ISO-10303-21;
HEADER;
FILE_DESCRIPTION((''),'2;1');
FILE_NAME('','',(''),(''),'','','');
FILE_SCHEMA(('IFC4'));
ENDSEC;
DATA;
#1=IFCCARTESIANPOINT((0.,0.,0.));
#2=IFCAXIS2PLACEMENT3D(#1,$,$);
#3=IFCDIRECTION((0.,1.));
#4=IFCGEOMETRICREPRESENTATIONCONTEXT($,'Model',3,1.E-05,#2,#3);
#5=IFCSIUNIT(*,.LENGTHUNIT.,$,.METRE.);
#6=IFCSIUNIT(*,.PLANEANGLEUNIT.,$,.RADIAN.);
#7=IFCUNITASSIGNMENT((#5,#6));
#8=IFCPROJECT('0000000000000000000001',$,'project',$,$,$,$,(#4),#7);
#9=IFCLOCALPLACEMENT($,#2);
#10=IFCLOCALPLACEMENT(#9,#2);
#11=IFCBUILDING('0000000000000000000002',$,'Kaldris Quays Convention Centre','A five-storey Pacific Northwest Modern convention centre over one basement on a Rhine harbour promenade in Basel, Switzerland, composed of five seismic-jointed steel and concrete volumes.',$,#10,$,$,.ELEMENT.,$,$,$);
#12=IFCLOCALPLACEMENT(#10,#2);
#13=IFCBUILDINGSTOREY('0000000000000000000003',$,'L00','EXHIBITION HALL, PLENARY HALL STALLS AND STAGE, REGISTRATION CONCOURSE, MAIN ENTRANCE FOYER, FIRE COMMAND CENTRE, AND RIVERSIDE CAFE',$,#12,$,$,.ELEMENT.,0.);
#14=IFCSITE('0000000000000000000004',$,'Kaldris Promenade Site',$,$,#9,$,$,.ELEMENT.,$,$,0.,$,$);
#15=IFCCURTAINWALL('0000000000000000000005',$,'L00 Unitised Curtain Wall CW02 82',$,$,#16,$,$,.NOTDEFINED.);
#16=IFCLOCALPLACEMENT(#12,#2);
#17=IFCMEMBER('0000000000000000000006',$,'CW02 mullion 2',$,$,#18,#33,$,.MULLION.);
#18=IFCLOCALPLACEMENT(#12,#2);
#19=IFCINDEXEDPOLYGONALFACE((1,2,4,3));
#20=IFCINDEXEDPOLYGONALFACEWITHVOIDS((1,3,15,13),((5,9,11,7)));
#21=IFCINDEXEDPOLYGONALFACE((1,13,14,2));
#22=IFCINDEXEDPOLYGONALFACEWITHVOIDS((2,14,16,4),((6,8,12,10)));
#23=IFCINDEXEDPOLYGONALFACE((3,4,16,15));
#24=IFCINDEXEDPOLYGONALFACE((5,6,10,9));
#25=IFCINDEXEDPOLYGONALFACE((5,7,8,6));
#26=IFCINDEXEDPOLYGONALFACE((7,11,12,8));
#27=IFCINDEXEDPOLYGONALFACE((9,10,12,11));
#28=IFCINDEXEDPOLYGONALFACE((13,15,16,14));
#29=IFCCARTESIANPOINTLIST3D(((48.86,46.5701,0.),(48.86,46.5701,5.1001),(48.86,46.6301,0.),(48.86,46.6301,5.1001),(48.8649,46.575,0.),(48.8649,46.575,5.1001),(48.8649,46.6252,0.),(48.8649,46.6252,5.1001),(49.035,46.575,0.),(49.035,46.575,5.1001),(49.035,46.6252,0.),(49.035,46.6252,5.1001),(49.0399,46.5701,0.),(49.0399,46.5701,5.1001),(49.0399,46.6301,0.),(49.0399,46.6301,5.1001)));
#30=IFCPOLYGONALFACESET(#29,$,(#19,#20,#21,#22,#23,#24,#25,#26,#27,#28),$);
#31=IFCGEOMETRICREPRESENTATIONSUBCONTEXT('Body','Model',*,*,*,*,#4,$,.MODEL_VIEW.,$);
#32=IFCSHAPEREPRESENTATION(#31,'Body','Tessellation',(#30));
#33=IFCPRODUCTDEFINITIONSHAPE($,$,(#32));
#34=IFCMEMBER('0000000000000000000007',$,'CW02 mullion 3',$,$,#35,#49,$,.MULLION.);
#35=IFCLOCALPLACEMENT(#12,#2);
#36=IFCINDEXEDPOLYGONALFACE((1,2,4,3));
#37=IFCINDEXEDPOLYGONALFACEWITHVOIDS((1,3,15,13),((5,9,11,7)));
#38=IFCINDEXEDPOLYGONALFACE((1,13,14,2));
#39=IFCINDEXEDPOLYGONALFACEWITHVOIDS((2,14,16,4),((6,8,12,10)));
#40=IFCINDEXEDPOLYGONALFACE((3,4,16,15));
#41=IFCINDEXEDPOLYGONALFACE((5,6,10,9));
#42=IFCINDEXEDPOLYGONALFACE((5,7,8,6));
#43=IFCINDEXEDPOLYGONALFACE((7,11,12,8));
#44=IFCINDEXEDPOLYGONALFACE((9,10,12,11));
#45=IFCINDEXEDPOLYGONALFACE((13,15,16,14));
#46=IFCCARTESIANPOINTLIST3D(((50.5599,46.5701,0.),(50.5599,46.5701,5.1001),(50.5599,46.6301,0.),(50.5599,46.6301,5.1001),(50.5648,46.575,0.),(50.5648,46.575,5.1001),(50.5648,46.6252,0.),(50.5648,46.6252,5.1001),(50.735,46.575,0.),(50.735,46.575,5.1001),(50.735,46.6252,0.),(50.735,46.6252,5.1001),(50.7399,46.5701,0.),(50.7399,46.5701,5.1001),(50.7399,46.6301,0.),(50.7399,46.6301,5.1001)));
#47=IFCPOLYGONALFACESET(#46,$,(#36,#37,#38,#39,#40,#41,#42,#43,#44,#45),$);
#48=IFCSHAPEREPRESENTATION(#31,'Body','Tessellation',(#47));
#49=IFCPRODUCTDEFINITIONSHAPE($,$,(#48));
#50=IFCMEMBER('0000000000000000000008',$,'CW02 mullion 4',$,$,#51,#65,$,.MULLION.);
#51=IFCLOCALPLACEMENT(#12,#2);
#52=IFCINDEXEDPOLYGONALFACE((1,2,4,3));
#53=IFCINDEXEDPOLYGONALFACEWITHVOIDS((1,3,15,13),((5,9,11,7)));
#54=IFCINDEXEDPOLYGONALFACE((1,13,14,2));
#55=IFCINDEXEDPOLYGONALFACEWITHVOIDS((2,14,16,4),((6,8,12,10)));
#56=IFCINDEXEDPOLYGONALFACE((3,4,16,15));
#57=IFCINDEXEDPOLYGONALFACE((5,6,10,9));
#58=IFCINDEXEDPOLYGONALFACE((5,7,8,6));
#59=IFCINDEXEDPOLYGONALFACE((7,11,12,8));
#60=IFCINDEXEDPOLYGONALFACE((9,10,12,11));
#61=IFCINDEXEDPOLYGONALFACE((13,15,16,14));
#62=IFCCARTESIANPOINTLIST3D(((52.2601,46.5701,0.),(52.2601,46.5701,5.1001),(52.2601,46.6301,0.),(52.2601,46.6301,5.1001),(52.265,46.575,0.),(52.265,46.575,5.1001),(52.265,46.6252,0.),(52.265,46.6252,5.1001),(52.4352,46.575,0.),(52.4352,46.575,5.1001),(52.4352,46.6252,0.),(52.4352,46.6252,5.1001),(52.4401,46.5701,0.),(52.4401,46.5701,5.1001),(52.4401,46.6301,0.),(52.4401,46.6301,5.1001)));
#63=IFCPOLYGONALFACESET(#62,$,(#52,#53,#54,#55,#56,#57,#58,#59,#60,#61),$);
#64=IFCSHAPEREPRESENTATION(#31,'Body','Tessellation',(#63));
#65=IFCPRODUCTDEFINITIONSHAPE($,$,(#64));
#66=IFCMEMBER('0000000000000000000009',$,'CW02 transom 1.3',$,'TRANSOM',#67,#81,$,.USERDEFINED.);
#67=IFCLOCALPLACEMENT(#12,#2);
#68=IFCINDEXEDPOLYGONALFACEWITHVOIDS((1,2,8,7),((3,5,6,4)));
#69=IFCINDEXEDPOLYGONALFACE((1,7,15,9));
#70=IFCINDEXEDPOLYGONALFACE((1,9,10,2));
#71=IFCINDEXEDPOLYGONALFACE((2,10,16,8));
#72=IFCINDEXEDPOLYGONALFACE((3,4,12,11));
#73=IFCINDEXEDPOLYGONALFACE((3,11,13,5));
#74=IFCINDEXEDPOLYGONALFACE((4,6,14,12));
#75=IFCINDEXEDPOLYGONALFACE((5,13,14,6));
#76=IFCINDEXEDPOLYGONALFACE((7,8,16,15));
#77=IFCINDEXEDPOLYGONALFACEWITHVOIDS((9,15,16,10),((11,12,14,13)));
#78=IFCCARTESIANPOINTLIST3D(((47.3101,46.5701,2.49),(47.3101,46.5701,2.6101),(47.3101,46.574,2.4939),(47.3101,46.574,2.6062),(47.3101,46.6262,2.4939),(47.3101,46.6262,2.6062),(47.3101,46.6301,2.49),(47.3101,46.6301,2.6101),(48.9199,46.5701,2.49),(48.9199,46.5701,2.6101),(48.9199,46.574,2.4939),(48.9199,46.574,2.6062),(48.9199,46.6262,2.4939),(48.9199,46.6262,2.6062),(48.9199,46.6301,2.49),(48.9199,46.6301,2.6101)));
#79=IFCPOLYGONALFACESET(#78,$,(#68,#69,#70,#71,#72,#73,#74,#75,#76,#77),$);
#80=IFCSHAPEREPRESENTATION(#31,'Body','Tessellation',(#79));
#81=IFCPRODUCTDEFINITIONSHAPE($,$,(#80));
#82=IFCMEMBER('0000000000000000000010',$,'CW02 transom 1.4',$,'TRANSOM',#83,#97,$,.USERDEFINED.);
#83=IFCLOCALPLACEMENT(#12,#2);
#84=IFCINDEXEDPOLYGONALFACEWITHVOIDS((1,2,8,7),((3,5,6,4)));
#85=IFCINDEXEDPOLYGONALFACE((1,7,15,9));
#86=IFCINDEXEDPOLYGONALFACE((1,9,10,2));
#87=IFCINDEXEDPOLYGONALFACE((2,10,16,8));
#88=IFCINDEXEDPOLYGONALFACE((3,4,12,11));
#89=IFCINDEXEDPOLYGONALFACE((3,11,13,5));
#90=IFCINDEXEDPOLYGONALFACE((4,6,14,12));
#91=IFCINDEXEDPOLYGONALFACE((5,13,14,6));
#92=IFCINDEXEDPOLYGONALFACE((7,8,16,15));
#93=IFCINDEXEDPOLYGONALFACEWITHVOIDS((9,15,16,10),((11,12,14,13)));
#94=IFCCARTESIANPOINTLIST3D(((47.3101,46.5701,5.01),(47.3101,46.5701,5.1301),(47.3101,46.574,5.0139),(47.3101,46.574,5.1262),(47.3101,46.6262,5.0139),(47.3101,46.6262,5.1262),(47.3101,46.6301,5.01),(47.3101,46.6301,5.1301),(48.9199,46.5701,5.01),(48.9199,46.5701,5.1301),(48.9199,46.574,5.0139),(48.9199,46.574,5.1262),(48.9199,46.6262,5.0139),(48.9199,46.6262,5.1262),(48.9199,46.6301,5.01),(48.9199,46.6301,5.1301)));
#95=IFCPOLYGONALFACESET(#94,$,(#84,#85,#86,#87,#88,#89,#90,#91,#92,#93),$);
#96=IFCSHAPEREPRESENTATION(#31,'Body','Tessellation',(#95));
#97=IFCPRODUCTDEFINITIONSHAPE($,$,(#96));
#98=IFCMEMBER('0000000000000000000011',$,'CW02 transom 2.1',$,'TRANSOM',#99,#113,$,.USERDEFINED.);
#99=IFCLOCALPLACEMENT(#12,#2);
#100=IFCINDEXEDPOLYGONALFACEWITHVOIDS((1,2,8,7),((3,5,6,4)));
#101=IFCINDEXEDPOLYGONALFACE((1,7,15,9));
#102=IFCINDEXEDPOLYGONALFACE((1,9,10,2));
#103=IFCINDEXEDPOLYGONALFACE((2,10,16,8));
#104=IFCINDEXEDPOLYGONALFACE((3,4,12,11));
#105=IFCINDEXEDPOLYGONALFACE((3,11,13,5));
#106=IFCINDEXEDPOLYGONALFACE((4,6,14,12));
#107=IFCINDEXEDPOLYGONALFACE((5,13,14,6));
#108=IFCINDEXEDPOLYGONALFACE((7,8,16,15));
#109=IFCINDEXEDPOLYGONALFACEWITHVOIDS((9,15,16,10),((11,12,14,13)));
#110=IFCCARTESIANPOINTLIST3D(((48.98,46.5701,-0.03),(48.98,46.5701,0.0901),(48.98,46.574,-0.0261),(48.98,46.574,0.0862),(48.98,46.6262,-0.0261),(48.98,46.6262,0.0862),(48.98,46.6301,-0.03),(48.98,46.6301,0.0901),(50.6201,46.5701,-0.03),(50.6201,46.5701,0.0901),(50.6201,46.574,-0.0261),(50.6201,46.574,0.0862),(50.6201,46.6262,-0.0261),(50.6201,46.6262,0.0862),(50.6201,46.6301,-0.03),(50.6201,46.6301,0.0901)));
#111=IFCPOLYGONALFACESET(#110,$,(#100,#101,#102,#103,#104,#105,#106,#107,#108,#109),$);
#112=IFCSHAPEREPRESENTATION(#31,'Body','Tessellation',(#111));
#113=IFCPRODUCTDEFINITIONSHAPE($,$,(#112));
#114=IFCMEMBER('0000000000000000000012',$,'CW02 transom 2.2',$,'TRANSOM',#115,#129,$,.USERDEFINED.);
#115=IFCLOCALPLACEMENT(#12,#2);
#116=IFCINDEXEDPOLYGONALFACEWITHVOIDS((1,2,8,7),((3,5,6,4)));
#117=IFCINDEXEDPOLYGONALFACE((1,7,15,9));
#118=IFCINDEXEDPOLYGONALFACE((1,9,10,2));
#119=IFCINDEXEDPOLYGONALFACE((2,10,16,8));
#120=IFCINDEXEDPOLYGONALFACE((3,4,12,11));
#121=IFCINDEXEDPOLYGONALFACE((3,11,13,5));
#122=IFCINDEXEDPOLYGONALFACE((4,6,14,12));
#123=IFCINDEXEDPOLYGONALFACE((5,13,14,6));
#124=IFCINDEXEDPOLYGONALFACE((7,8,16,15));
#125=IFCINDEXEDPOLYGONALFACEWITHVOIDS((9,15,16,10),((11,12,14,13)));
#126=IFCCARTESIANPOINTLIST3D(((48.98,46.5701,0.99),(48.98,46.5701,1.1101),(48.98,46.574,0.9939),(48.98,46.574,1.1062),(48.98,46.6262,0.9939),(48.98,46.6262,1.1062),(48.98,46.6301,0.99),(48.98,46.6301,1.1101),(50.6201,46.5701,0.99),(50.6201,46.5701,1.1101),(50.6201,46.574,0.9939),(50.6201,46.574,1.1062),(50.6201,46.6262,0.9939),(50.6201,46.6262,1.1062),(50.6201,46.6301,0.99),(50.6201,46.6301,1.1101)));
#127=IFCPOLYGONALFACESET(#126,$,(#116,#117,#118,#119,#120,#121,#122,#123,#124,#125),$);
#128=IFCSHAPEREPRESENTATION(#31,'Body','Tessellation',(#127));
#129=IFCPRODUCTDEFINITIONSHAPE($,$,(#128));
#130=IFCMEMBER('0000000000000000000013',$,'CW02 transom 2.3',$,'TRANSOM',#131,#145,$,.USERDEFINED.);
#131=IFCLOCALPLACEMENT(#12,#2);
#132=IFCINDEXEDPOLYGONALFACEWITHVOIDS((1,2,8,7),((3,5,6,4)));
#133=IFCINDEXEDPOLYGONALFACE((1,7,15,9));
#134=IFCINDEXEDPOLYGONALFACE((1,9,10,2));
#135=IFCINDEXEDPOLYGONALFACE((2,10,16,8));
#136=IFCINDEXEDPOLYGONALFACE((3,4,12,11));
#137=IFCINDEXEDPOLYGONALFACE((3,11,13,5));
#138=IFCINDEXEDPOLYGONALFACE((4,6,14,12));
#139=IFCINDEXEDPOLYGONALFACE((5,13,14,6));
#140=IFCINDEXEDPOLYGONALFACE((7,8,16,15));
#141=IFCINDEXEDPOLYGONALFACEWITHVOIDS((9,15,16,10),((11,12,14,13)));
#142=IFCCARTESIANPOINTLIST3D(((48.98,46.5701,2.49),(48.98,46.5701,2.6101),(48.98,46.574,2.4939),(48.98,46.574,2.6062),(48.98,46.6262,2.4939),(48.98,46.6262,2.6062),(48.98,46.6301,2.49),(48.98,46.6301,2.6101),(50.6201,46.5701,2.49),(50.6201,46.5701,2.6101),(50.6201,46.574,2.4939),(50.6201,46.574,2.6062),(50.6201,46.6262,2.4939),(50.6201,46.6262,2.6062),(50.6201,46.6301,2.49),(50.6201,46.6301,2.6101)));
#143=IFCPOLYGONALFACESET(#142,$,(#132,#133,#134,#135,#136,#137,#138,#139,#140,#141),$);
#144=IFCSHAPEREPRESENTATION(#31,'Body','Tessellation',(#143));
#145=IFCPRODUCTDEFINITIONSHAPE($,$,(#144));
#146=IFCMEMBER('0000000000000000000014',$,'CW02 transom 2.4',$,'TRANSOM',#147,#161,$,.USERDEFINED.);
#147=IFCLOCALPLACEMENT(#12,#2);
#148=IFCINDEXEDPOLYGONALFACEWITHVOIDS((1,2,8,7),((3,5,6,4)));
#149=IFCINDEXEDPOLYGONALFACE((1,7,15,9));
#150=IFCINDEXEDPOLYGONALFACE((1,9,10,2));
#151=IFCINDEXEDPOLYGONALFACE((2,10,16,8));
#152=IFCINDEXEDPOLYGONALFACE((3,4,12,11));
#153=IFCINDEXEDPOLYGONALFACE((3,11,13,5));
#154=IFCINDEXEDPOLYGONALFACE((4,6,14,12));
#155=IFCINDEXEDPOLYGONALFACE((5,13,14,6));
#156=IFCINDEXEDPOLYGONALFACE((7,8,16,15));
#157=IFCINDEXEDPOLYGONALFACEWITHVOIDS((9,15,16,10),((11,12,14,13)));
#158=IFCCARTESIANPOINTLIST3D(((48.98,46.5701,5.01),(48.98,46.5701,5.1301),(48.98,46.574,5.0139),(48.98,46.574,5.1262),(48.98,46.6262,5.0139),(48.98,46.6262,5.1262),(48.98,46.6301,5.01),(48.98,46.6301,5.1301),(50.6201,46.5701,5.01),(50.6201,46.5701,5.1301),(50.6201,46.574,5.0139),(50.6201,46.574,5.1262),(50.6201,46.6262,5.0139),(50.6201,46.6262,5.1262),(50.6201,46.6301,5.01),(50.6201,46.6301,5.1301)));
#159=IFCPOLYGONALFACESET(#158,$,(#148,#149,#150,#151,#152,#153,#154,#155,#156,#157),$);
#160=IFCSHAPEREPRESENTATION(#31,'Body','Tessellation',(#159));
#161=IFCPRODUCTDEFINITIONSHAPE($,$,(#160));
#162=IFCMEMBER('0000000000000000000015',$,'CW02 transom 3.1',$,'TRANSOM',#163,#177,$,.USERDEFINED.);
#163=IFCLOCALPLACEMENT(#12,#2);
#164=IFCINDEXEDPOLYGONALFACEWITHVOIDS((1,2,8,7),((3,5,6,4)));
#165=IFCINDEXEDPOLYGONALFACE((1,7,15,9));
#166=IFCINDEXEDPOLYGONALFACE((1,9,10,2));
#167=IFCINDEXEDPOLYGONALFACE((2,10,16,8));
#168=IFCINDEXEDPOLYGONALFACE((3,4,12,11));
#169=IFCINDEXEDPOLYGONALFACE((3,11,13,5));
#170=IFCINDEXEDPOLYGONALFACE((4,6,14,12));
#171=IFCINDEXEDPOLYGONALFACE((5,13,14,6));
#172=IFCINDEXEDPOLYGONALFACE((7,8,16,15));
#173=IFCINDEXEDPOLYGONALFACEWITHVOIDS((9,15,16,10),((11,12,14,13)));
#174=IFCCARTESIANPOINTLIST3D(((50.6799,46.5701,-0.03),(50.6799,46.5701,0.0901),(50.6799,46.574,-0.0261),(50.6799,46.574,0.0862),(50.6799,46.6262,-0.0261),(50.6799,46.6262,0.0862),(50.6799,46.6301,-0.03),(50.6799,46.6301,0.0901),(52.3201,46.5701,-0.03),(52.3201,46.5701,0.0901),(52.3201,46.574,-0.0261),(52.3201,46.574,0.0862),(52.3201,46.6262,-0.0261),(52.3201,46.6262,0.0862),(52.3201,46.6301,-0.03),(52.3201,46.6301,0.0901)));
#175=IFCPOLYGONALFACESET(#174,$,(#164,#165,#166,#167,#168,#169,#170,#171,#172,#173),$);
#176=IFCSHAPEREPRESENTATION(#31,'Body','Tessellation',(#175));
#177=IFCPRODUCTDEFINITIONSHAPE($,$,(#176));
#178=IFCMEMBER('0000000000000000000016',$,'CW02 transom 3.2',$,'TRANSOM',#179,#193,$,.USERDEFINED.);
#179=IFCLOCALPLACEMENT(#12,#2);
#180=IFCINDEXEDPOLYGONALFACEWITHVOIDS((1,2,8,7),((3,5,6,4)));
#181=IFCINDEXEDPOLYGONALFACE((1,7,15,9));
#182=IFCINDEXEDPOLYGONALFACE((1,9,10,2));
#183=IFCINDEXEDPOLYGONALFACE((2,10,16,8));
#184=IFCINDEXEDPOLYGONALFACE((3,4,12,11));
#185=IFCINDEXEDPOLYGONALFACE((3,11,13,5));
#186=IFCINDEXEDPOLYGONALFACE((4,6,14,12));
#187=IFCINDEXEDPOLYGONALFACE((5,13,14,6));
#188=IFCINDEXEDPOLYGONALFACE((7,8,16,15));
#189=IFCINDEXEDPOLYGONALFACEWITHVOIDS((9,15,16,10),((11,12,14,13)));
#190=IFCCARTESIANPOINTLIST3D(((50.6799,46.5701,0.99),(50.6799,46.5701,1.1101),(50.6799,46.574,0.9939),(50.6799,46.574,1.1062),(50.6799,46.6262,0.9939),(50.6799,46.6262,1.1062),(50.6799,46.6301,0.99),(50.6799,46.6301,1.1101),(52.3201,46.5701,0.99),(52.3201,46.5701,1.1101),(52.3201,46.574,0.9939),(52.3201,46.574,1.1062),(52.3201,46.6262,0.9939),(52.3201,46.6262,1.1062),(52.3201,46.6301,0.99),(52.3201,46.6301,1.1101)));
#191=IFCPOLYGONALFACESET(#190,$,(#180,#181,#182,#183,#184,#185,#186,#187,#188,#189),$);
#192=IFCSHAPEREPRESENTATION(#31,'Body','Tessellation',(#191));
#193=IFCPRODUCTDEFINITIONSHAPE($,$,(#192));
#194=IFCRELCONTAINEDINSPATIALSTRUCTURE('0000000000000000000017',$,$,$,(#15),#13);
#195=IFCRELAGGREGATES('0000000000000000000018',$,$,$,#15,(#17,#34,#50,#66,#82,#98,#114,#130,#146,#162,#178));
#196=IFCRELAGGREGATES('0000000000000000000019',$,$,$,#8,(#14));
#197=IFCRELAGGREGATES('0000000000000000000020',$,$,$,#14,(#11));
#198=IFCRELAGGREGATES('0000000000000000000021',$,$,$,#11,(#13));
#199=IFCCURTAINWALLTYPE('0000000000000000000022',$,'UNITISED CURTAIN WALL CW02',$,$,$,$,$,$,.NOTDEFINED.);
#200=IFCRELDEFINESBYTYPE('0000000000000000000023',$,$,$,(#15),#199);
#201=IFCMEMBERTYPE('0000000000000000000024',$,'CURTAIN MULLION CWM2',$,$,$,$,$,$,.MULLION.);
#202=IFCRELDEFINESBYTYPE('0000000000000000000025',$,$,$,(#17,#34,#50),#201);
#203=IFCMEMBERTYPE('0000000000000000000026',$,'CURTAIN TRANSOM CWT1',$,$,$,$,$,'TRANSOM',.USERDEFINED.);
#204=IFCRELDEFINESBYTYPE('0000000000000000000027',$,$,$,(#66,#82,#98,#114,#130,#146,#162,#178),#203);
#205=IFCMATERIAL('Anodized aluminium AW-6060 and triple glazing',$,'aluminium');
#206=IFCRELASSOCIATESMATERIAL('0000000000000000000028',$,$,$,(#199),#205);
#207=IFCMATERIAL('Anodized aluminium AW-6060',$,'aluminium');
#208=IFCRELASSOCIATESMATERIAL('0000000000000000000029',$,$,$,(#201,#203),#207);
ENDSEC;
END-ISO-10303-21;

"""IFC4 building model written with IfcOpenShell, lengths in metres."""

from ifc_helpers import new_model, si_unit, direction, frame, origin, origin_2d, place, context, subcontext, project, spatial, hollow_rectangle, extrude, material, material_profile, profile_set, type_object, element, aggregate, save


model = new_model("IFC4")

# Units and contexts
model_context = context("Model", 3, precision=1e-05, world=origin(), true_north=direction((0.0, 1.0)))
body_context = subcontext(model_context, "Body", "Model", "MODEL_VIEW")
ifc_project = project(units=[si_unit("LENGTHUNIT", "METRE"), si_unit("PLANEANGLEUNIT", "RADIAN")], contexts=[model_context])

# Site, building, storey
site_placement = place(None, origin())
site = spatial("IfcSite", under=ifc_project, at=site_placement, Name="Kaldris Promenade Site", CompositionType="ELEMENT", RefElevation=0.0)
building_placement = place(site_placement, origin())
building = spatial("IfcBuilding", under=site, at=building_placement, Name="Kaldris Quays Convention Centre", Description="A five-storey Pacific Northwest Modern convention centre over one basement on a Rhine harbour promenade in Basel, Switzerland, composed of five seismic-jointed steel and concrete volumes.", CompositionType="ELEMENT")
storey_placement = place(building_placement, origin())
storey = spatial("IfcBuildingStorey", under=building, at=storey_placement, Name="L00", Description="EXHIBITION HALL, PLENARY HALL STALLS AND STAGE, REGISTRATION CONCOURSE, MAIN ENTRANCE FOYER, FIRE COMMAND CENTRE, AND RIVERSIDE CAFE", CompositionType="ELEMENT", Elevation=0.0)

# Curtain wall, members
ifc_material_1 = material(Name="Anodized aluminium AW-6060 and triple glazing", Category="aluminium")
curtain_wall_type = type_object("IfcCurtainWallType", Name="UNITISED CURTAIN WALL CW02", PredefinedType="NOTDEFINED", material=ifc_material_1)
curtain_wall_placement = place(storey_placement, origin())
curtain_wall = element("IfcCurtainWall", 1, at=curtain_wall_placement, inside=storey, type_object=curtain_wall_type, Name="L00 Unitised Curtain Wall CW02 82", PredefinedType="NOTDEFINED")
ifc_material_2 = material(Name="Anodized aluminium AW-6060", Category="aluminium")
ifc_material_profile_1 = material_profile(ifc_material_2, hollow_rectangle(XDim=0.0601, YDim=0.1799, WallThickness=0.0049, at=origin_2d()), Name="RHS 180x60x5")
ifc_profile_set_1 = profile_set([ifc_material_profile_1], Name="Anodized aluminium AW-6060")
member_type_1 = type_object("IfcMemberType", Name="CURTAIN MULLION CWM2", PredefinedType="MULLION", material=ifc_profile_set_1)
member_1_placement = place(storey_placement, frame((48.95, 46.6001, 0.0), z_axis=(0.0, 0.0, 1.0), x_axis=(0.0, 1.0, 0.0)))
member_1 = element("IfcMember", 2, at=member_1_placement, type_object=member_type_1, Name="CW02 mullion 2", PredefinedType="MULLION", context=body_context, shape_type="SweptSolid", body=[
    extrude(hollow_rectangle(XDim=0.0601, YDim=0.1799, WallThickness=0.0049, at=origin_2d()), origin(), (0.0, 0.0, 1.0), 5.1001),
])
member_2_placement = place(storey_placement, frame((50.6499, 46.6001, 0.0), z_axis=(0.0, 0.0, 1.0), x_axis=(0.0, 1.0, 0.0)))
member_2 = element("IfcMember", 3, at=member_2_placement, type_object=member_type_1, Name="CW02 mullion 3", PredefinedType="MULLION", context=body_context, shape_type="SweptSolid", body=[
    extrude(hollow_rectangle(XDim=0.0601, YDim=0.1799, WallThickness=0.0049, at=origin_2d()), origin(), (0.0, 0.0, 1.0), 5.1001),
])
member_3_placement = place(storey_placement, frame((52.3501, 46.6001, 0.0), z_axis=(0.0, 0.0, 1.0), x_axis=(0.0, 1.0, 0.0)))
member_3 = element("IfcMember", 4, at=member_3_placement, type_object=member_type_1, Name="CW02 mullion 4", PredefinedType="MULLION", context=body_context, shape_type="SweptSolid", body=[
    extrude(hollow_rectangle(XDim=0.0601, YDim=0.1799, WallThickness=0.0049, at=origin_2d()), origin(), (0.0, 0.0, 1.0), 5.1001),
])
ifc_material_profile_2 = material_profile(ifc_material_2, hollow_rectangle(XDim=0.0601, YDim=0.1201, WallThickness=0.0039, at=origin_2d()), Name="RHS 120x60x4")
ifc_profile_set_2 = profile_set([ifc_material_profile_2], Name="Anodized aluminium AW-6060")
member_type_2 = type_object("IfcMemberType", Name="CURTAIN TRANSOM CWT1", ElementType="TRANSOM", PredefinedType="USERDEFINED", material=ifc_profile_set_2)
member_4_placement = place(storey_placement, frame((47.3101, 46.6001, 2.55), z_axis=(1.0, 0.0, 0.0), x_axis=(0.0, 1.0, 0.0)))
member_4 = element("IfcMember", 5, at=member_4_placement, type_object=member_type_2, Name="CW02 transom 1.3", ObjectType="TRANSOM", PredefinedType="USERDEFINED", context=body_context, shape_type="SweptSolid", body=[
    extrude(hollow_rectangle(XDim=0.0601, YDim=0.1201, WallThickness=0.0039, at=origin_2d()), origin(), (0.0, 0.0, 1.0), 1.6099),
])
member_5_placement = place(storey_placement, frame((47.3101, 46.6001, 5.0701), z_axis=(1.0, 0.0, 0.0), x_axis=(0.0, 1.0, 0.0)))
member_5 = element("IfcMember", 6, at=member_5_placement, type_object=member_type_2, Name="CW02 transom 1.4", ObjectType="TRANSOM", PredefinedType="USERDEFINED", context=body_context, shape_type="SweptSolid", body=[
    extrude(hollow_rectangle(XDim=0.0601, YDim=0.1201, WallThickness=0.0039, at=origin_2d()), origin(), (0.0, 0.0, 1.0), 1.6099),
])
member_6_placement = place(storey_placement, frame((48.98, 46.6001, 0.03), z_axis=(1.0, 0.0, 0.0), x_axis=(0.0, 1.0, 0.0)))
member_6 = element("IfcMember", 7, at=member_6_placement, type_object=member_type_2, Name="CW02 transom 2.1", ObjectType="TRANSOM", PredefinedType="USERDEFINED", context=body_context, shape_type="SweptSolid", body=[
    extrude(hollow_rectangle(XDim=0.0601, YDim=0.1201, WallThickness=0.0039, at=origin_2d()), origin(), (0.0, 0.0, 1.0), 1.6401),
])
member_7_placement = place(storey_placement, frame((48.98, 46.6001, 1.05), z_axis=(1.0, 0.0, 0.0), x_axis=(0.0, 1.0, 0.0)))
member_7 = element("IfcMember", 8, at=member_7_placement, type_object=member_type_2, Name="CW02 transom 2.2", ObjectType="TRANSOM", PredefinedType="USERDEFINED", context=body_context, shape_type="SweptSolid", body=[
    extrude(hollow_rectangle(XDim=0.0601, YDim=0.1201, WallThickness=0.0039, at=origin_2d()), origin(), (0.0, 0.0, 1.0), 1.6401),
])
member_8_placement = place(storey_placement, frame((48.98, 46.6001, 2.55), z_axis=(1.0, 0.0, 0.0), x_axis=(0.0, 1.0, 0.0)))
member_8 = element("IfcMember", 9, at=member_8_placement, type_object=member_type_2, Name="CW02 transom 2.3", ObjectType="TRANSOM", PredefinedType="USERDEFINED", context=body_context, shape_type="SweptSolid", body=[
    extrude(hollow_rectangle(XDim=0.0601, YDim=0.1201, WallThickness=0.0039, at=origin_2d()), origin(), (0.0, 0.0, 1.0), 1.6401),
])
member_9_placement = place(storey_placement, frame((48.98, 46.6001, 5.0701), z_axis=(1.0, 0.0, 0.0), x_axis=(0.0, 1.0, 0.0)))
member_9 = element("IfcMember", 10, at=member_9_placement, type_object=member_type_2, Name="CW02 transom 2.4", ObjectType="TRANSOM", PredefinedType="USERDEFINED", context=body_context, shape_type="SweptSolid", body=[
    extrude(hollow_rectangle(XDim=0.0601, YDim=0.1201, WallThickness=0.0039, at=origin_2d()), origin(), (0.0, 0.0, 1.0), 1.6401),
])
member_10_placement = place(storey_placement, frame((50.6799, 46.6001, 0.03), z_axis=(1.0, 0.0, 0.0), x_axis=(0.0, 1.0, 0.0)))
member_10 = element("IfcMember", 11, at=member_10_placement, type_object=member_type_2, Name="CW02 transom 3.1", ObjectType="TRANSOM", PredefinedType="USERDEFINED", context=body_context, shape_type="SweptSolid", body=[
    extrude(hollow_rectangle(XDim=0.0601, YDim=0.1201, WallThickness=0.0039, at=origin_2d()), origin(), (0.0, 0.0, 1.0), 1.6401),
])
member_11_placement = place(storey_placement, frame((50.6799, 46.6001, 1.05), z_axis=(1.0, 0.0, 0.0), x_axis=(0.0, 1.0, 0.0)))
member_11 = element("IfcMember", 12, at=member_11_placement, type_object=member_type_2, Name="CW02 transom 3.2", ObjectType="TRANSOM", PredefinedType="USERDEFINED", context=body_context, shape_type="SweptSolid", body=[
    extrude(hollow_rectangle(XDim=0.0601, YDim=0.1201, WallThickness=0.0039, at=origin_2d()), origin(), (0.0, 0.0, 1.0), 1.6401),
])

aggregate(curtain_wall, [member_1, member_2, member_3, member_4, member_5, member_6, member_7, member_8, member_9, member_10, member_11])

save(model, "model.ifc")
